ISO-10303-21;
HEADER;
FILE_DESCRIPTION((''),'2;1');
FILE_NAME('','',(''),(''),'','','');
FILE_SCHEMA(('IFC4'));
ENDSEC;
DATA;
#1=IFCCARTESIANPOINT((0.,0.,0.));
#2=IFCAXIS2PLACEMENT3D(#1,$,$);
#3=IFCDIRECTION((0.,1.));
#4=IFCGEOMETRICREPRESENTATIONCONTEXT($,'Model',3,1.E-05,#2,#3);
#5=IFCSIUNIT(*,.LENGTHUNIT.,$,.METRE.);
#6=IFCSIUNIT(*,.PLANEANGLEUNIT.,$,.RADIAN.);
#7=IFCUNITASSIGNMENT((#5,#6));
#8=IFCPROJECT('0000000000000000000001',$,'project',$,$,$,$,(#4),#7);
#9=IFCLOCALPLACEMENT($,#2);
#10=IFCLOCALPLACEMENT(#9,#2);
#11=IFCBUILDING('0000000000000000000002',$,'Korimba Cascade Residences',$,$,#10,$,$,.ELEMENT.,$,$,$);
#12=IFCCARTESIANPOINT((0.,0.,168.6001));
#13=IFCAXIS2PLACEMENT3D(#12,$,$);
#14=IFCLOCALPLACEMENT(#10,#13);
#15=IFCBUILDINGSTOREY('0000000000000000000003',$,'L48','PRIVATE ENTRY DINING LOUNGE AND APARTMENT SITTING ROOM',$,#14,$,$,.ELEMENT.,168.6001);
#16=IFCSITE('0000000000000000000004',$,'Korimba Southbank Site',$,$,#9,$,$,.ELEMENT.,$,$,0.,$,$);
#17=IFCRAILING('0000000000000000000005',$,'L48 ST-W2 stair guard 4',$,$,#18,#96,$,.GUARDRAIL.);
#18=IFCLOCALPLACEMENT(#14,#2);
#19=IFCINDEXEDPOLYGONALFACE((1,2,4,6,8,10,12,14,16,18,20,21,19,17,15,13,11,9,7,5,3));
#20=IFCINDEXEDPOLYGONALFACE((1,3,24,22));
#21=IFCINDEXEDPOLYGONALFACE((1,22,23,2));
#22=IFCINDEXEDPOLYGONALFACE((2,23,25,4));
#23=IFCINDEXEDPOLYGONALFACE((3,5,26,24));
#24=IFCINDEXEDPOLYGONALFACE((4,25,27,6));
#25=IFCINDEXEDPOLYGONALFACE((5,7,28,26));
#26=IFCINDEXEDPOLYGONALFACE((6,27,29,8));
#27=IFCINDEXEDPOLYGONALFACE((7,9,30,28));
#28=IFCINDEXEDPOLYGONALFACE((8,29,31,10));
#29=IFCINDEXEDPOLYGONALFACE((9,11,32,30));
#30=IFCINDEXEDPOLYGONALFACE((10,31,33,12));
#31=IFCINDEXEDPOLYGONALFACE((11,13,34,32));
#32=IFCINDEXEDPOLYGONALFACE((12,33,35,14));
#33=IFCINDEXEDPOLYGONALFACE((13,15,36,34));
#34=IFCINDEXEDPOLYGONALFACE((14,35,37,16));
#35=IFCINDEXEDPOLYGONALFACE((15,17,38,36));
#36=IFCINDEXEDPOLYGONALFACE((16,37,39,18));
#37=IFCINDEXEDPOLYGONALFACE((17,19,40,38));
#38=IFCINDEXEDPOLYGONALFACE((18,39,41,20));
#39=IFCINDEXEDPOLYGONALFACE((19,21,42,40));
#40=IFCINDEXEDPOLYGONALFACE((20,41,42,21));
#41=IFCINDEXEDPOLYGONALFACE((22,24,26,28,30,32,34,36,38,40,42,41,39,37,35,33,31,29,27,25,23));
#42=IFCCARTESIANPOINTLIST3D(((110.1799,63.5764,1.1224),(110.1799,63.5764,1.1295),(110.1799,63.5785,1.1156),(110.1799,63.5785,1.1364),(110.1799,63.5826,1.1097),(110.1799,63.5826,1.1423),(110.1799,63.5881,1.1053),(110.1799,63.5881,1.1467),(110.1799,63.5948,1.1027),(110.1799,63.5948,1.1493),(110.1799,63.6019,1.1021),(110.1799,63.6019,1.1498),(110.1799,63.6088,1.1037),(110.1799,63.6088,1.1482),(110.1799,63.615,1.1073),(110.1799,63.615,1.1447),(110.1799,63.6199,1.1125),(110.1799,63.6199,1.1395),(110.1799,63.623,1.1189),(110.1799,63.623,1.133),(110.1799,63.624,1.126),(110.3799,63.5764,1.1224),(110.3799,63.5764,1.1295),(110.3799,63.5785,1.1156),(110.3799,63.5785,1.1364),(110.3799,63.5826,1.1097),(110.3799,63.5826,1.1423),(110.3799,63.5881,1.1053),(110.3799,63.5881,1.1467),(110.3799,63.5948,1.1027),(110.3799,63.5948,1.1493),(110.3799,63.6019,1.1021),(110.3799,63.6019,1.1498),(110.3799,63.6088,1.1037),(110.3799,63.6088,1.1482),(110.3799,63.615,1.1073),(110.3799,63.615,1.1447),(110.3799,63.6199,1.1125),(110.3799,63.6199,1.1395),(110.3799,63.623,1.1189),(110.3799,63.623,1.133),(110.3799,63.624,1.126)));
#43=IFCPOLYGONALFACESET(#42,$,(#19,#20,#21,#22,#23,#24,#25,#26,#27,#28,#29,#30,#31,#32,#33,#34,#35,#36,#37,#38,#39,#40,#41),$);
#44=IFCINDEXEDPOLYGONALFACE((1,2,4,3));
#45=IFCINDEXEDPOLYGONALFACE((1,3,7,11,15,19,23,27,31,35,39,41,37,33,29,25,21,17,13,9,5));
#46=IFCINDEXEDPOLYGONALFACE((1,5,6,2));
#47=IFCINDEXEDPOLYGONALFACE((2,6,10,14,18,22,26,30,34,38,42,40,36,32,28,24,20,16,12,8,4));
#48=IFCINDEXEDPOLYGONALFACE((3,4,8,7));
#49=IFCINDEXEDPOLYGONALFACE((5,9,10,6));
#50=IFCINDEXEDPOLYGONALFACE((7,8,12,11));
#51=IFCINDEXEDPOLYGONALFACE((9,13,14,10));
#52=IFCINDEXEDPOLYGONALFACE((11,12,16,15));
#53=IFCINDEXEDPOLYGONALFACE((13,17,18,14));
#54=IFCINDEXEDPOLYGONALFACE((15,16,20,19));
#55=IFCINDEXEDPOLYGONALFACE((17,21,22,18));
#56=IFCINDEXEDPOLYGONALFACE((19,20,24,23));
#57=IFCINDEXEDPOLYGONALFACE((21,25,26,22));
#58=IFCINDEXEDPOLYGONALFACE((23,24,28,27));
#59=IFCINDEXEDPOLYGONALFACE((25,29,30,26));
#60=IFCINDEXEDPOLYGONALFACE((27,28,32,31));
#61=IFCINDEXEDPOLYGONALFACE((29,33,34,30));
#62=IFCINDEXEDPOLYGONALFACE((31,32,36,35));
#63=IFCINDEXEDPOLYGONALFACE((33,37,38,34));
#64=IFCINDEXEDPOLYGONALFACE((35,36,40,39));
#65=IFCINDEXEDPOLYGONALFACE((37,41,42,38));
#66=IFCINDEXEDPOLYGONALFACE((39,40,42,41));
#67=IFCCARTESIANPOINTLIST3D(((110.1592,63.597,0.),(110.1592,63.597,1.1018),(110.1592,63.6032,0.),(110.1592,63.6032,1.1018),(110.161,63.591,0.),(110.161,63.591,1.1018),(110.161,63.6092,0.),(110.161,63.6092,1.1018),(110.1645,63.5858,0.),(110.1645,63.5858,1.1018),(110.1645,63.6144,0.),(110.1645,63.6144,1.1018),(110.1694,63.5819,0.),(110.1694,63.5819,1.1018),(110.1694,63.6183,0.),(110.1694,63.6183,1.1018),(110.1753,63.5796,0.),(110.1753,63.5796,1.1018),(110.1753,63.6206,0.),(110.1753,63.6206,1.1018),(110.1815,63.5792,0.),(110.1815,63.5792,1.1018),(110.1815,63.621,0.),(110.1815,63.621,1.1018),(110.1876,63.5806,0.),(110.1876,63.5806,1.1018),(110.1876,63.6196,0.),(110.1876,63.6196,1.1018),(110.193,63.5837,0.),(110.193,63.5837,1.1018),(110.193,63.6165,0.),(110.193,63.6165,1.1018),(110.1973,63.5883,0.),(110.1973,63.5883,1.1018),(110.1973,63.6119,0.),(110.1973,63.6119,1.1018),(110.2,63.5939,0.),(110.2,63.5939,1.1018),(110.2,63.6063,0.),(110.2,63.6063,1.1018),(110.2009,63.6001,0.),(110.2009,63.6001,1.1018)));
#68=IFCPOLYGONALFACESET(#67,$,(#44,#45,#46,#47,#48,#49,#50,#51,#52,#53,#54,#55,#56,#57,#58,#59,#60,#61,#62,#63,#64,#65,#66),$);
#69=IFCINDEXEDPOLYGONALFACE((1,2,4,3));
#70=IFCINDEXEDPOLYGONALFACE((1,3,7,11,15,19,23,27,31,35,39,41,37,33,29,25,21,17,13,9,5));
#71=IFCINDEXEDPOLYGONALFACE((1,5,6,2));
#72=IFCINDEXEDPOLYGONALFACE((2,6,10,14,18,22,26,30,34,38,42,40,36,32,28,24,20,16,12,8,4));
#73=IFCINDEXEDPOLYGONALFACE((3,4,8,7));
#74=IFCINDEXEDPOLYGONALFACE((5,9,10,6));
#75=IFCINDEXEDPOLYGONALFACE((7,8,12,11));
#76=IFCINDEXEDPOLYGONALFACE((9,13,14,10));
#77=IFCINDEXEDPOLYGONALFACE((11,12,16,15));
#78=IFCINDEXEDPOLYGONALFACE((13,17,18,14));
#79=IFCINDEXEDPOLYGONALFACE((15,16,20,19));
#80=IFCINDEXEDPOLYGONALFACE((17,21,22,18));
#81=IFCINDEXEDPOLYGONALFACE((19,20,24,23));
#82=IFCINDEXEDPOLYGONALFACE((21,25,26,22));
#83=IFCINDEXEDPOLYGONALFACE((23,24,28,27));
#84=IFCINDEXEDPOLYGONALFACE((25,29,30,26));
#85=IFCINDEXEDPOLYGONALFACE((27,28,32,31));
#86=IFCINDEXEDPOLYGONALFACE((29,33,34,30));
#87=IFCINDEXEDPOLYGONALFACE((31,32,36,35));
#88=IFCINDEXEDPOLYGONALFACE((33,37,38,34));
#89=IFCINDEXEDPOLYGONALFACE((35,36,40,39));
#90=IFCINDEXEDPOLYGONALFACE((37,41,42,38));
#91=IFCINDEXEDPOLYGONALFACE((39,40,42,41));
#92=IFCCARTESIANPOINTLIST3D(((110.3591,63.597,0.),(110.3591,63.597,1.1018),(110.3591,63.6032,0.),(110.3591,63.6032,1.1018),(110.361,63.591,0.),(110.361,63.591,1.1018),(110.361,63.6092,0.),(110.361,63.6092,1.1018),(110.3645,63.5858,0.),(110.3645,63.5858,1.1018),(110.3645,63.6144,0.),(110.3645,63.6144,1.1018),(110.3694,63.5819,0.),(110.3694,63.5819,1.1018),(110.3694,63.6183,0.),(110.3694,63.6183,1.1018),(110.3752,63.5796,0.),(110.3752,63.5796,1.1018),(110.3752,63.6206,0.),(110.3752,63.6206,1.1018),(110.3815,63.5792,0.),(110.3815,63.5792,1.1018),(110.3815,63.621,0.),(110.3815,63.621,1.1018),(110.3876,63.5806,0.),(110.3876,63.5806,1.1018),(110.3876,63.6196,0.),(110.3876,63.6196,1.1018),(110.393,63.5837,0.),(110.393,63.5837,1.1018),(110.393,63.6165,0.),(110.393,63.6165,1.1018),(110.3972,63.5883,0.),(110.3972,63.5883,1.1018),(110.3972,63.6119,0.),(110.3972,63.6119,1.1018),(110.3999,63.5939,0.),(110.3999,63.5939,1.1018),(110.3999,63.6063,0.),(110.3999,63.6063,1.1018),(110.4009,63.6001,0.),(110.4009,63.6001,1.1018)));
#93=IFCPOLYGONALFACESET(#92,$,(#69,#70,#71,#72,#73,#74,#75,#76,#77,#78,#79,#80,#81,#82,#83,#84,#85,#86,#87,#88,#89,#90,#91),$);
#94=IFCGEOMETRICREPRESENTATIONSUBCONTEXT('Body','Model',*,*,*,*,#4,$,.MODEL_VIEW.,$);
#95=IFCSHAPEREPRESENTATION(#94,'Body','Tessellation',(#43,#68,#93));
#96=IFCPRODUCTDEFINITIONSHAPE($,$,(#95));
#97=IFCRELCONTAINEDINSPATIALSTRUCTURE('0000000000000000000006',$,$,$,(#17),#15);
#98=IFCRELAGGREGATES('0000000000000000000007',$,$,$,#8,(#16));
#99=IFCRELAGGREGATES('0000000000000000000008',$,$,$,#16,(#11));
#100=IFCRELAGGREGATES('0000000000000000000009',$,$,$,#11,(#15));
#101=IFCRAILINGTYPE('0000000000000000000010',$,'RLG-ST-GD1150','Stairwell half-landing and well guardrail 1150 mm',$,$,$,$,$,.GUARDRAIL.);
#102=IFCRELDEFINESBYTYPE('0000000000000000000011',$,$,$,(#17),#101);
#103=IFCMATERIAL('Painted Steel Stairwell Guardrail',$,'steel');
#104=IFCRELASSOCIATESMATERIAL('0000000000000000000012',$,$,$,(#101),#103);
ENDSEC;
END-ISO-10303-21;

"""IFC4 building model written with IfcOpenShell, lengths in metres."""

from ifc_helpers import new_model, si_unit, direction, frame, origin, origin_2d, place, context, subcontext, project, spatial, circle, extrude, material, type_object, element, save


model = new_model("IFC4")

# Units and contexts
model_context = context("Model", 3, precision=1e-05, world=origin(), true_north=direction((0.0, 1.0)))
body_context = subcontext(model_context, "Body", "Model", "MODEL_VIEW")
ifc_project = project(units=[si_unit("LENGTHUNIT", "METRE"), si_unit("PLANEANGLEUNIT", "RADIAN")], contexts=[model_context])

# Site, building, storey
site_placement = place(None, origin())
site = spatial("IfcSite", under=ifc_project, at=site_placement, Name="Korimba Southbank Site", CompositionType="ELEMENT", RefElevation=0.0)
building_placement = place(site_placement, origin())
building = spatial("IfcBuilding", under=site, at=building_placement, Name="Korimba Cascade Residences", CompositionType="ELEMENT")
storey_placement = place(building_placement, frame((0.0, 0.0, 168.6001)))
storey = spatial("IfcBuildingStorey", under=building, at=storey_placement, Name="L48", Description="PRIVATE ENTRY DINING LOUNGE AND APARTMENT SITTING ROOM", CompositionType="ELEMENT", Elevation=168.6001)

# Railing
ifc_material_1 = material(Name="Painted Steel Stairwell Guardrail", Category="steel")
railing_type_1 = type_object("IfcRailingType", Name="RLG-ST-GD1150", Description="Stairwell half-landing and well guardrail 1150 mm", PredefinedType="GUARDRAIL", material=ifc_material_1)
railing_1_placement = place(storey_placement, frame((110.1799, 63.6001, 0.0)))
element("IfcRailing", 1, at=railing_1_placement, inside=storey, type_object=railing_type_1, Name="L48 ST-W2 stair guard 4", PredefinedType="GUARDRAIL", context=body_context, shape_type="SweptSolid", body=[
    extrude(circle(Radius=0.0239, at=origin_2d()), frame((0.0, 0.0, 1.126), z_axis=(1.0, 0.0, 0.0), x_axis=(0.0, 1.0, 0.0)), (0.0, 0.0, 1.0), 0.2),
    extrude(circle(Radius=0.021, at=origin_2d()), origin(), (0.0, 0.0, 1.0), 1.1018),
    extrude(circle(Radius=0.021, at=origin_2d()), frame((0.2, 0.0, 0.0)), (0.0, 0.0, 1.0), 1.1018),
])

save(model, "model.ifc")
